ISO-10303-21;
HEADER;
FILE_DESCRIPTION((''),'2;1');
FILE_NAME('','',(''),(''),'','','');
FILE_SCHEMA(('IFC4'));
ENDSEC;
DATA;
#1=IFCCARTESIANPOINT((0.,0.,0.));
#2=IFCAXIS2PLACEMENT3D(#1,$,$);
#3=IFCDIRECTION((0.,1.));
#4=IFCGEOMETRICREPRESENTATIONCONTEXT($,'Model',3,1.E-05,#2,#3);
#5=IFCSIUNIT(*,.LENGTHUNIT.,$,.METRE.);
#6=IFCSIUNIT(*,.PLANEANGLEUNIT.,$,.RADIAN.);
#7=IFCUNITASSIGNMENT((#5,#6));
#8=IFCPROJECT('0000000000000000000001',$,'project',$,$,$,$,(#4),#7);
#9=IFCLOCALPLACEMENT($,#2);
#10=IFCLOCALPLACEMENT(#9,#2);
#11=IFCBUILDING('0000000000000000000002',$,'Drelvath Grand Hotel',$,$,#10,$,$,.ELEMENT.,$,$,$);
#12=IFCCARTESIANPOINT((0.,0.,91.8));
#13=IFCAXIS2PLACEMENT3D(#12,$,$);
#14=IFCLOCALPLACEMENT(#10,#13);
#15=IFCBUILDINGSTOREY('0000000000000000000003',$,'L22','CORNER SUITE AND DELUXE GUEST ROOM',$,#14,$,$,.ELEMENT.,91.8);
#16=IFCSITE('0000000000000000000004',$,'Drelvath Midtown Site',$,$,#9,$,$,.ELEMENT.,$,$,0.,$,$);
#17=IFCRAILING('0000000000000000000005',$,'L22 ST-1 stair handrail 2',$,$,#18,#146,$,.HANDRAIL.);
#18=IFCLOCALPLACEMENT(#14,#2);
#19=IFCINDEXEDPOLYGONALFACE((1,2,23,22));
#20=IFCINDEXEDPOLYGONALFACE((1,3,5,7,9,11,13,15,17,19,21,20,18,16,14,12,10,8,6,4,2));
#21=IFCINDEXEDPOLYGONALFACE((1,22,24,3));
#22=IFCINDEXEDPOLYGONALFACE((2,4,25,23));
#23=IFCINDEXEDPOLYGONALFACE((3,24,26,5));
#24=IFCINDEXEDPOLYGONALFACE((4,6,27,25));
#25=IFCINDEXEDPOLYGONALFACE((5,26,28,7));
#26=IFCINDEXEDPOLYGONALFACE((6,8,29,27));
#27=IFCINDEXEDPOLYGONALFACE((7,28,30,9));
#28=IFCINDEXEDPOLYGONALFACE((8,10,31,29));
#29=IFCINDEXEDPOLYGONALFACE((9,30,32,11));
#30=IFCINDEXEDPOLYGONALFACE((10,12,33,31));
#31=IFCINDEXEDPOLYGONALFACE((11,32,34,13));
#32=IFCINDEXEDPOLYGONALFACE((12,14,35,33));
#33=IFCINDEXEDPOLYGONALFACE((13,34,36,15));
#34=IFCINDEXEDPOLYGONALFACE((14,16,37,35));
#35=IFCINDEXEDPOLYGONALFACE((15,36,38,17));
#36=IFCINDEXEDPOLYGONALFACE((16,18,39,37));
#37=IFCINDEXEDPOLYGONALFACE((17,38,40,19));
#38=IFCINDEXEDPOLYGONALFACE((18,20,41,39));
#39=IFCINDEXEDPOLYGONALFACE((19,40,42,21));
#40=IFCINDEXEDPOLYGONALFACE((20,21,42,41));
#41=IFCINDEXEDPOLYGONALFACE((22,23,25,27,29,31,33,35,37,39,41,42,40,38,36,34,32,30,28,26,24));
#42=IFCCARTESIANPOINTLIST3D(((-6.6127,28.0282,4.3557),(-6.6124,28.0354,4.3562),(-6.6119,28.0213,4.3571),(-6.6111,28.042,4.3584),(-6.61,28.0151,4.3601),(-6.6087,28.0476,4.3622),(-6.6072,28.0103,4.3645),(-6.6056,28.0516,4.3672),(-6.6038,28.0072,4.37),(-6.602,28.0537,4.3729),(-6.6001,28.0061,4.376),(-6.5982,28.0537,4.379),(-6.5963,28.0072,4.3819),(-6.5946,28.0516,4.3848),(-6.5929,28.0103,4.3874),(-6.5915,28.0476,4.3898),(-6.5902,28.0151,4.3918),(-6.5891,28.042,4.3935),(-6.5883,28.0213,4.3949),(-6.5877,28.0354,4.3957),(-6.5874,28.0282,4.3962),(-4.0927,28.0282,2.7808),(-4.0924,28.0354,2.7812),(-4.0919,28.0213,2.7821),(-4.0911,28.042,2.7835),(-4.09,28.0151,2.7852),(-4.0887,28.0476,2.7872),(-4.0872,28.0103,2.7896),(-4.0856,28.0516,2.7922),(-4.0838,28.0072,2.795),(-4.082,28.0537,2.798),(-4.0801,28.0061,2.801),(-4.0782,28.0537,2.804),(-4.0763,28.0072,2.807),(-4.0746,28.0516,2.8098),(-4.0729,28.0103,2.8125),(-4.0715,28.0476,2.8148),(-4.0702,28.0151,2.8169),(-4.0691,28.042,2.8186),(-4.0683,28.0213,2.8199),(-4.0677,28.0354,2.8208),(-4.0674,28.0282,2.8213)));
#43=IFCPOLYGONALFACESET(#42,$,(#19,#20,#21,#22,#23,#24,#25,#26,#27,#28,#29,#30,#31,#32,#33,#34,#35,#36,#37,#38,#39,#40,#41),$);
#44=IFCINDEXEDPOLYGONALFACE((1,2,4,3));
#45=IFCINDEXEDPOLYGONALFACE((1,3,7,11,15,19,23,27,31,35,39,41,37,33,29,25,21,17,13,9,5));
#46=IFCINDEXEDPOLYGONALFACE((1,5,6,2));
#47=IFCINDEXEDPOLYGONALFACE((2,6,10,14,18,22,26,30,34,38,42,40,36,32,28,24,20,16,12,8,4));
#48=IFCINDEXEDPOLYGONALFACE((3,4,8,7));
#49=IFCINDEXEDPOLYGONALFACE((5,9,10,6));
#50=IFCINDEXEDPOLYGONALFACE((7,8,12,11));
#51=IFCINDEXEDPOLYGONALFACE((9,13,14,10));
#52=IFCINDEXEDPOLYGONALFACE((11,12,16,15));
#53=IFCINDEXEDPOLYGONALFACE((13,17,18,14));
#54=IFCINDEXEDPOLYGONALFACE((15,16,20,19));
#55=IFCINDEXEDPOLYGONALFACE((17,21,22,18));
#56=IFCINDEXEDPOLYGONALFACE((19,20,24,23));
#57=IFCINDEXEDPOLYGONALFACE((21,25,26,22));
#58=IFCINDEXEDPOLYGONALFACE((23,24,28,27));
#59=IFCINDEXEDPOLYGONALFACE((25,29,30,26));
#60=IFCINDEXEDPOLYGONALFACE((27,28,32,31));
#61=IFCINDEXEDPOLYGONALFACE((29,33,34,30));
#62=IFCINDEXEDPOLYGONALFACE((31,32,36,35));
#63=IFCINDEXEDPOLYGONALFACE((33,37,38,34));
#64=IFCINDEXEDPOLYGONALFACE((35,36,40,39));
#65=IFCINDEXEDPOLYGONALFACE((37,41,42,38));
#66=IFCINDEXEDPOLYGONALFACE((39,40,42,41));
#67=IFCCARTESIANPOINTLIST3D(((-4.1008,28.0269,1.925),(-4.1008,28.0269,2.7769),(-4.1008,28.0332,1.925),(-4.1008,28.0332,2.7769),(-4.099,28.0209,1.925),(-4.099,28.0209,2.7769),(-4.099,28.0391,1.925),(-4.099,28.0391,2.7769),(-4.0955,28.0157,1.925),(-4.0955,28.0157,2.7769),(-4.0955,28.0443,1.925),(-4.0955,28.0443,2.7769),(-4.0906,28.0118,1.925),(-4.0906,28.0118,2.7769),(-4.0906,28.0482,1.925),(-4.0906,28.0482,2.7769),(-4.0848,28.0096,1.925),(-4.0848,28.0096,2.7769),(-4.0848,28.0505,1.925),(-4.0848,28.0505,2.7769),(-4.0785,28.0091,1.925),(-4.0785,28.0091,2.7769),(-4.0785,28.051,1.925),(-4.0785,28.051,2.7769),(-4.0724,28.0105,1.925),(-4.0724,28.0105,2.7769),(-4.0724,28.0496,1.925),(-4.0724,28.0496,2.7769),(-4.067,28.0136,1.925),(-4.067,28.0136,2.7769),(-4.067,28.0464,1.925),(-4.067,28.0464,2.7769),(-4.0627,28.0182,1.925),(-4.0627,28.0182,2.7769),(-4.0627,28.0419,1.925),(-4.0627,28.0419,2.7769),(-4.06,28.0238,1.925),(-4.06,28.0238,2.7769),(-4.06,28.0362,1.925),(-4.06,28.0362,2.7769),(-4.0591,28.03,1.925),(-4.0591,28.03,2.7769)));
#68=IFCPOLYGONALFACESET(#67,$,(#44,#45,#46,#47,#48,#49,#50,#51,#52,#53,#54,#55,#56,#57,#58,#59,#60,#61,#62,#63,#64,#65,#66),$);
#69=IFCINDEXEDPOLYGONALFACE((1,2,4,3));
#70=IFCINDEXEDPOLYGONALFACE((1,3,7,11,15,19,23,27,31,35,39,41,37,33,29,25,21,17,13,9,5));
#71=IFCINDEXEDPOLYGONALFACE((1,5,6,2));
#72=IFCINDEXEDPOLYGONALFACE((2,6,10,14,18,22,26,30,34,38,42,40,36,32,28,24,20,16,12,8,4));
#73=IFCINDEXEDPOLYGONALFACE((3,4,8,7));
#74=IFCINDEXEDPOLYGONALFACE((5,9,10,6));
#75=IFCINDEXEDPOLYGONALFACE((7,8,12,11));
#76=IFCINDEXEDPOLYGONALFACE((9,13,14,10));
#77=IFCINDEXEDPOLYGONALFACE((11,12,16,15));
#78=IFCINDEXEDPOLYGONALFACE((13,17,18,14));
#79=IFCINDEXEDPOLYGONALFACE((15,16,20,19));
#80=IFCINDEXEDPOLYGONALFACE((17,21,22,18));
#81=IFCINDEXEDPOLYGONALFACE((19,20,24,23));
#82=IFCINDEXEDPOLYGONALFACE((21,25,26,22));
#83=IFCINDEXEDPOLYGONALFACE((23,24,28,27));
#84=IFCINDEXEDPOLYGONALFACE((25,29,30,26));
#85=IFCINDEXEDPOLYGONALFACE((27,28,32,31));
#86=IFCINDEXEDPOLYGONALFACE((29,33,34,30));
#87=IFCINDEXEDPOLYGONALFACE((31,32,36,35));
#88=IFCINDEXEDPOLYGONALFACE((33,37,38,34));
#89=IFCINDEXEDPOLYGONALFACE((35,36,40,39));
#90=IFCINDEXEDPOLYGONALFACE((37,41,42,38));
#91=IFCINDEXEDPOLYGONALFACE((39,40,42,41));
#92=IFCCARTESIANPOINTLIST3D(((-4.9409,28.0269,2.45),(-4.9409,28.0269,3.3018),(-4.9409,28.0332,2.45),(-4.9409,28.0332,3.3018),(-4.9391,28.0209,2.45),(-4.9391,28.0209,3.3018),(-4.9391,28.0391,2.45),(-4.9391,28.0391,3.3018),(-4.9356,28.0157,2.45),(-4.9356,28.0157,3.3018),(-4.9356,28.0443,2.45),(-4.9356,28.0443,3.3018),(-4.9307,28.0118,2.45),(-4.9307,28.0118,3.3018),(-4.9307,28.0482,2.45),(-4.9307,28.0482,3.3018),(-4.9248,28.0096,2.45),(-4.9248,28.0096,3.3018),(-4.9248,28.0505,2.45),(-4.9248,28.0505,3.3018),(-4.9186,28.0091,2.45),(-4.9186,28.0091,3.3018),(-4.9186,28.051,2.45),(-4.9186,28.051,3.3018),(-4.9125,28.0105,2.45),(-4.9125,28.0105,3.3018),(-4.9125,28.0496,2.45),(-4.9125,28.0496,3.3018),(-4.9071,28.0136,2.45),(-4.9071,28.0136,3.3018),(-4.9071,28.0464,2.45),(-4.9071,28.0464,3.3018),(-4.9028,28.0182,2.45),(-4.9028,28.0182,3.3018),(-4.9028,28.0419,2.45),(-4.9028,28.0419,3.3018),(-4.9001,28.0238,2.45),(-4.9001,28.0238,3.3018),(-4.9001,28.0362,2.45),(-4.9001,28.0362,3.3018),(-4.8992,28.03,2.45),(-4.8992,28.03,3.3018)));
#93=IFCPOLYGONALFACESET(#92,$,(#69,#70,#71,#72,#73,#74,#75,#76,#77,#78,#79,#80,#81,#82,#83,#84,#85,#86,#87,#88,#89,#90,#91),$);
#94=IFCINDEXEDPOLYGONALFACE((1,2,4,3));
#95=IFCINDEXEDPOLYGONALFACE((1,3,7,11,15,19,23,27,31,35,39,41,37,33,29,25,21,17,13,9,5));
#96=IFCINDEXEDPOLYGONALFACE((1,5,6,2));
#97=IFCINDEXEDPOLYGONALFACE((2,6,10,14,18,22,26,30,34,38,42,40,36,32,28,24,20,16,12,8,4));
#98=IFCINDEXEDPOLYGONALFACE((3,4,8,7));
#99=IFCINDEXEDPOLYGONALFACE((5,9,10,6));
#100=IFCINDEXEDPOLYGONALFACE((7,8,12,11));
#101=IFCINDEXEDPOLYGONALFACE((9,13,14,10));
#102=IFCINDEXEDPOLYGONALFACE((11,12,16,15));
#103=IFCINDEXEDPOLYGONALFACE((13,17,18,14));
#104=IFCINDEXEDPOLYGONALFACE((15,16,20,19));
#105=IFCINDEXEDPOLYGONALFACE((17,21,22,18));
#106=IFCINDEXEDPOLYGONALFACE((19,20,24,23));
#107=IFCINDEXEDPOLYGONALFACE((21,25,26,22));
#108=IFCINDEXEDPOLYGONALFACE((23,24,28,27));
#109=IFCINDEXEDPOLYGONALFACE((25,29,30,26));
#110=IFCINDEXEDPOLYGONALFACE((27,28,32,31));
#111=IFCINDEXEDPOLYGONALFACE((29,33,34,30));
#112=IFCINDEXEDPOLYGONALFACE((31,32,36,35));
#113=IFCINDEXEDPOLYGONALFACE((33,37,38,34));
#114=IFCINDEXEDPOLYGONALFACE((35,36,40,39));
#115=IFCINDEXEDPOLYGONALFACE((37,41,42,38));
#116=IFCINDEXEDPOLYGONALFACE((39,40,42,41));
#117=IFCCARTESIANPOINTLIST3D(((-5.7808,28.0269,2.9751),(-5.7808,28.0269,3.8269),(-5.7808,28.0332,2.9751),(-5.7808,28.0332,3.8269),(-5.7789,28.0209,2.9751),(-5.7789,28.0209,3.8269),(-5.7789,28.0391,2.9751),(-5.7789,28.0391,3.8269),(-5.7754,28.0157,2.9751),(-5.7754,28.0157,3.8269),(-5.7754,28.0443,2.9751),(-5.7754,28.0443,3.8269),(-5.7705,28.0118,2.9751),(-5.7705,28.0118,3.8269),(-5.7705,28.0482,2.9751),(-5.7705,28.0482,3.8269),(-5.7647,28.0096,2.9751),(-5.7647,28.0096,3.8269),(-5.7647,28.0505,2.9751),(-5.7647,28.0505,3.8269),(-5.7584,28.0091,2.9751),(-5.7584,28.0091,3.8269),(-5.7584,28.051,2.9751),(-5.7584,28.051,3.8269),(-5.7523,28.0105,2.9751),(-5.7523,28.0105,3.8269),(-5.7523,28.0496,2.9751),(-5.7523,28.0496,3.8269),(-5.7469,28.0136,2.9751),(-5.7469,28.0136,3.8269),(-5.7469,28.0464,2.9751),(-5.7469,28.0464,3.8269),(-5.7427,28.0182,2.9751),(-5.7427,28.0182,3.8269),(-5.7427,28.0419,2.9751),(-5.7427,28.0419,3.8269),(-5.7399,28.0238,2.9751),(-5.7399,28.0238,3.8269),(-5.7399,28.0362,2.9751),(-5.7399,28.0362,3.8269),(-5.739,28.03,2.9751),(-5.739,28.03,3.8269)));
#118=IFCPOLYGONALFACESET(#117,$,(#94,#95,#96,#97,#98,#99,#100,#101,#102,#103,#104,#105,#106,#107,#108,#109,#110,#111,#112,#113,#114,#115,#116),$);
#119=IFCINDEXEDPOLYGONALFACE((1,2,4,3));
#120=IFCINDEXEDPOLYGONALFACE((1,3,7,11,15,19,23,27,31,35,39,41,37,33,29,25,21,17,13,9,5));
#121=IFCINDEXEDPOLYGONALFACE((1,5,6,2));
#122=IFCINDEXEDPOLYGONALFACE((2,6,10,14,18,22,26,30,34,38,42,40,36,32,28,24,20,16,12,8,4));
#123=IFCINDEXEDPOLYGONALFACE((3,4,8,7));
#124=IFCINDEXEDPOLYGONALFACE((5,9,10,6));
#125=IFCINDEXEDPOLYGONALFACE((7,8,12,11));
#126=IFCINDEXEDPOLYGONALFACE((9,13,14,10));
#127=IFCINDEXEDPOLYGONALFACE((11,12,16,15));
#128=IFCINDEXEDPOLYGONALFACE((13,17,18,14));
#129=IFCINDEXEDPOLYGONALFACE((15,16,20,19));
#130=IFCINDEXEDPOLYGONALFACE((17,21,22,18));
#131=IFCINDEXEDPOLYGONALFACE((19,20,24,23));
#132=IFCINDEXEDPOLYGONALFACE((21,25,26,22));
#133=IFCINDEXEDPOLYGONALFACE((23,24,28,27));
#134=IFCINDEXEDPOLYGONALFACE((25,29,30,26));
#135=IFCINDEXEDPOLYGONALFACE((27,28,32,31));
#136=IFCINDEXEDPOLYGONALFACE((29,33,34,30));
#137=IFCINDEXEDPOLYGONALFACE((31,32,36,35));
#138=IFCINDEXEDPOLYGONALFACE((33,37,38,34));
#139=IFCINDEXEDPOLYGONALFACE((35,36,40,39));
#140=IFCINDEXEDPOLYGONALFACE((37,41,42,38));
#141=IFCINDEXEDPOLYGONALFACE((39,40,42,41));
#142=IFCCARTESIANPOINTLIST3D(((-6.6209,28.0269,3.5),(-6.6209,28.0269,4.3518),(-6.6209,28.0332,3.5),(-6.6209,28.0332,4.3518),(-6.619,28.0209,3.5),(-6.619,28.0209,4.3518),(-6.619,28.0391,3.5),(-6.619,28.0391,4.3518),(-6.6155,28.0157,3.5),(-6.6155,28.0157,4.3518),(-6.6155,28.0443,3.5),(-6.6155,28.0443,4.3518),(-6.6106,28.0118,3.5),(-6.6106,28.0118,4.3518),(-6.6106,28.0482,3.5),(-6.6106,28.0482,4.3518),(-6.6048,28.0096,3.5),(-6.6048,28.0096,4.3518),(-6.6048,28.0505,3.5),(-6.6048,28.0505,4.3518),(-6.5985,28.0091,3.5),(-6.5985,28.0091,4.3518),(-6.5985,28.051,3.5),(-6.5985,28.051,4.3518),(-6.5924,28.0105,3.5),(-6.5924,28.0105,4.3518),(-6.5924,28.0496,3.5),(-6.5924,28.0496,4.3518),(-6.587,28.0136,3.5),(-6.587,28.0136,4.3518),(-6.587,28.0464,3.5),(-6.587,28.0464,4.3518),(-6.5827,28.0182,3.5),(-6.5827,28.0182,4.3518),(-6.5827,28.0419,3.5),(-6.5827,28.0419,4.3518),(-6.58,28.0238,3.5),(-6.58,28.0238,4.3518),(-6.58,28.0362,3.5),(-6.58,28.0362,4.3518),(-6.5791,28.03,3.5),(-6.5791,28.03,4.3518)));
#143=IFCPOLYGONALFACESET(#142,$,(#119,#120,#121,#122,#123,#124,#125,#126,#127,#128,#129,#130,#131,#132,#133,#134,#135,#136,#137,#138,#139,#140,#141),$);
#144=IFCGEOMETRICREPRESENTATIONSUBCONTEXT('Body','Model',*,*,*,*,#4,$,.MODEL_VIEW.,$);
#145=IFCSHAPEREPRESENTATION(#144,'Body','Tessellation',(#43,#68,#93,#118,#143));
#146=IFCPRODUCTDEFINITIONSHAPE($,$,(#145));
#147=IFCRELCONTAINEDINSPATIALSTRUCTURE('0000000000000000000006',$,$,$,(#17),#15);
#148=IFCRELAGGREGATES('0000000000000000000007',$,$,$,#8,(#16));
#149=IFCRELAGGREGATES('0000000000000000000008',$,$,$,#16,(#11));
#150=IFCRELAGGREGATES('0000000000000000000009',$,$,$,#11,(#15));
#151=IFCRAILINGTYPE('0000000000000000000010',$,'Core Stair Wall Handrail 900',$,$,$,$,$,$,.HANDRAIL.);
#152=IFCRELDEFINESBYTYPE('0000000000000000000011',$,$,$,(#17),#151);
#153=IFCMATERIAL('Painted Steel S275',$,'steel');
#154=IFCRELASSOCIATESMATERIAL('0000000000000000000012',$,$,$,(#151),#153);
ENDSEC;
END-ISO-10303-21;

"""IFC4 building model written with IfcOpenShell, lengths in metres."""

from ifc_helpers import new_model, si_unit, direction, frame, origin, origin_2d, place, context, subcontext, project, spatial, circle, extrude, material, type_object, element, save


model = new_model("IFC4")

# Units and contexts
model_context = context("Model", 3, precision=1e-05, world=origin(), true_north=direction((0.0, 1.0)))
body_context = subcontext(model_context, "Body", "Model", "MODEL_VIEW")
ifc_project = project(units=[si_unit("LENGTHUNIT", "METRE"), si_unit("PLANEANGLEUNIT", "RADIAN")], contexts=[model_context])

# Site, building, storey
site_placement = place(None, origin())
site = spatial("IfcSite", under=ifc_project, at=site_placement, Name="Drelvath Midtown Site", CompositionType="ELEMENT", RefElevation=0.0)
building_placement = place(site_placement, origin())
building = spatial("IfcBuilding", under=site, at=building_placement, Name="Drelvath Grand Hotel", CompositionType="ELEMENT")
storey_placement = place(building_placement, frame((0.0, 0.0, 91.8)))
storey = spatial("IfcBuildingStorey", under=building, at=storey_placement, Name="L22", Description="CORNER SUITE AND DELUXE GUEST ROOM", CompositionType="ELEMENT", Elevation=91.8)

# Shared definitions
ifc_material_1 = material(Name="Painted Steel S275", Category="steel")

# Railing
railing_type_1 = type_object("IfcRailingType", Name="Core Stair Wall Handrail 900", PredefinedType="HANDRAIL", material=ifc_material_1)
railing_1_placement = place(storey_placement, frame((-4.0801, 28.03, 1.925)))
element("IfcRailing", 1, at=railing_1_placement, inside=storey, type_object=railing_type_1, Name="L22 ST-1 stair handrail 2", PredefinedType="HANDRAIL", context=body_context, shape_type="SweptSolid", body=[
    extrude(circle(Radius=0.0239, at=origin_2d()), frame((0.0, 0.0, 0.876), z_axis=(-0.848008, 0.0, 0.529984), x_axis=(0.0, -1.0, 0.0)), (0.0, 0.0, 1.0), 2.9717),
    extrude(circle(Radius=0.021, at=origin_2d()), origin(), (0.0, 0.0, 1.0), 0.8518),
    extrude(circle(Radius=0.021, at=origin_2d()), frame((-0.8401, 0.0, 0.5249)), (0.0, 0.0, 1.0), 0.8518),
    extrude(circle(Radius=0.021, at=origin_2d()), frame((-1.6799, 0.0, 1.05)), (0.0, 0.0, 1.0), 0.8518),
    extrude(circle(Radius=0.021, at=origin_2d()), frame((-2.52, 0.0, 1.575)), (0.0, 0.0, 1.0), 0.8518),
])

save(model, "model.ifc")
